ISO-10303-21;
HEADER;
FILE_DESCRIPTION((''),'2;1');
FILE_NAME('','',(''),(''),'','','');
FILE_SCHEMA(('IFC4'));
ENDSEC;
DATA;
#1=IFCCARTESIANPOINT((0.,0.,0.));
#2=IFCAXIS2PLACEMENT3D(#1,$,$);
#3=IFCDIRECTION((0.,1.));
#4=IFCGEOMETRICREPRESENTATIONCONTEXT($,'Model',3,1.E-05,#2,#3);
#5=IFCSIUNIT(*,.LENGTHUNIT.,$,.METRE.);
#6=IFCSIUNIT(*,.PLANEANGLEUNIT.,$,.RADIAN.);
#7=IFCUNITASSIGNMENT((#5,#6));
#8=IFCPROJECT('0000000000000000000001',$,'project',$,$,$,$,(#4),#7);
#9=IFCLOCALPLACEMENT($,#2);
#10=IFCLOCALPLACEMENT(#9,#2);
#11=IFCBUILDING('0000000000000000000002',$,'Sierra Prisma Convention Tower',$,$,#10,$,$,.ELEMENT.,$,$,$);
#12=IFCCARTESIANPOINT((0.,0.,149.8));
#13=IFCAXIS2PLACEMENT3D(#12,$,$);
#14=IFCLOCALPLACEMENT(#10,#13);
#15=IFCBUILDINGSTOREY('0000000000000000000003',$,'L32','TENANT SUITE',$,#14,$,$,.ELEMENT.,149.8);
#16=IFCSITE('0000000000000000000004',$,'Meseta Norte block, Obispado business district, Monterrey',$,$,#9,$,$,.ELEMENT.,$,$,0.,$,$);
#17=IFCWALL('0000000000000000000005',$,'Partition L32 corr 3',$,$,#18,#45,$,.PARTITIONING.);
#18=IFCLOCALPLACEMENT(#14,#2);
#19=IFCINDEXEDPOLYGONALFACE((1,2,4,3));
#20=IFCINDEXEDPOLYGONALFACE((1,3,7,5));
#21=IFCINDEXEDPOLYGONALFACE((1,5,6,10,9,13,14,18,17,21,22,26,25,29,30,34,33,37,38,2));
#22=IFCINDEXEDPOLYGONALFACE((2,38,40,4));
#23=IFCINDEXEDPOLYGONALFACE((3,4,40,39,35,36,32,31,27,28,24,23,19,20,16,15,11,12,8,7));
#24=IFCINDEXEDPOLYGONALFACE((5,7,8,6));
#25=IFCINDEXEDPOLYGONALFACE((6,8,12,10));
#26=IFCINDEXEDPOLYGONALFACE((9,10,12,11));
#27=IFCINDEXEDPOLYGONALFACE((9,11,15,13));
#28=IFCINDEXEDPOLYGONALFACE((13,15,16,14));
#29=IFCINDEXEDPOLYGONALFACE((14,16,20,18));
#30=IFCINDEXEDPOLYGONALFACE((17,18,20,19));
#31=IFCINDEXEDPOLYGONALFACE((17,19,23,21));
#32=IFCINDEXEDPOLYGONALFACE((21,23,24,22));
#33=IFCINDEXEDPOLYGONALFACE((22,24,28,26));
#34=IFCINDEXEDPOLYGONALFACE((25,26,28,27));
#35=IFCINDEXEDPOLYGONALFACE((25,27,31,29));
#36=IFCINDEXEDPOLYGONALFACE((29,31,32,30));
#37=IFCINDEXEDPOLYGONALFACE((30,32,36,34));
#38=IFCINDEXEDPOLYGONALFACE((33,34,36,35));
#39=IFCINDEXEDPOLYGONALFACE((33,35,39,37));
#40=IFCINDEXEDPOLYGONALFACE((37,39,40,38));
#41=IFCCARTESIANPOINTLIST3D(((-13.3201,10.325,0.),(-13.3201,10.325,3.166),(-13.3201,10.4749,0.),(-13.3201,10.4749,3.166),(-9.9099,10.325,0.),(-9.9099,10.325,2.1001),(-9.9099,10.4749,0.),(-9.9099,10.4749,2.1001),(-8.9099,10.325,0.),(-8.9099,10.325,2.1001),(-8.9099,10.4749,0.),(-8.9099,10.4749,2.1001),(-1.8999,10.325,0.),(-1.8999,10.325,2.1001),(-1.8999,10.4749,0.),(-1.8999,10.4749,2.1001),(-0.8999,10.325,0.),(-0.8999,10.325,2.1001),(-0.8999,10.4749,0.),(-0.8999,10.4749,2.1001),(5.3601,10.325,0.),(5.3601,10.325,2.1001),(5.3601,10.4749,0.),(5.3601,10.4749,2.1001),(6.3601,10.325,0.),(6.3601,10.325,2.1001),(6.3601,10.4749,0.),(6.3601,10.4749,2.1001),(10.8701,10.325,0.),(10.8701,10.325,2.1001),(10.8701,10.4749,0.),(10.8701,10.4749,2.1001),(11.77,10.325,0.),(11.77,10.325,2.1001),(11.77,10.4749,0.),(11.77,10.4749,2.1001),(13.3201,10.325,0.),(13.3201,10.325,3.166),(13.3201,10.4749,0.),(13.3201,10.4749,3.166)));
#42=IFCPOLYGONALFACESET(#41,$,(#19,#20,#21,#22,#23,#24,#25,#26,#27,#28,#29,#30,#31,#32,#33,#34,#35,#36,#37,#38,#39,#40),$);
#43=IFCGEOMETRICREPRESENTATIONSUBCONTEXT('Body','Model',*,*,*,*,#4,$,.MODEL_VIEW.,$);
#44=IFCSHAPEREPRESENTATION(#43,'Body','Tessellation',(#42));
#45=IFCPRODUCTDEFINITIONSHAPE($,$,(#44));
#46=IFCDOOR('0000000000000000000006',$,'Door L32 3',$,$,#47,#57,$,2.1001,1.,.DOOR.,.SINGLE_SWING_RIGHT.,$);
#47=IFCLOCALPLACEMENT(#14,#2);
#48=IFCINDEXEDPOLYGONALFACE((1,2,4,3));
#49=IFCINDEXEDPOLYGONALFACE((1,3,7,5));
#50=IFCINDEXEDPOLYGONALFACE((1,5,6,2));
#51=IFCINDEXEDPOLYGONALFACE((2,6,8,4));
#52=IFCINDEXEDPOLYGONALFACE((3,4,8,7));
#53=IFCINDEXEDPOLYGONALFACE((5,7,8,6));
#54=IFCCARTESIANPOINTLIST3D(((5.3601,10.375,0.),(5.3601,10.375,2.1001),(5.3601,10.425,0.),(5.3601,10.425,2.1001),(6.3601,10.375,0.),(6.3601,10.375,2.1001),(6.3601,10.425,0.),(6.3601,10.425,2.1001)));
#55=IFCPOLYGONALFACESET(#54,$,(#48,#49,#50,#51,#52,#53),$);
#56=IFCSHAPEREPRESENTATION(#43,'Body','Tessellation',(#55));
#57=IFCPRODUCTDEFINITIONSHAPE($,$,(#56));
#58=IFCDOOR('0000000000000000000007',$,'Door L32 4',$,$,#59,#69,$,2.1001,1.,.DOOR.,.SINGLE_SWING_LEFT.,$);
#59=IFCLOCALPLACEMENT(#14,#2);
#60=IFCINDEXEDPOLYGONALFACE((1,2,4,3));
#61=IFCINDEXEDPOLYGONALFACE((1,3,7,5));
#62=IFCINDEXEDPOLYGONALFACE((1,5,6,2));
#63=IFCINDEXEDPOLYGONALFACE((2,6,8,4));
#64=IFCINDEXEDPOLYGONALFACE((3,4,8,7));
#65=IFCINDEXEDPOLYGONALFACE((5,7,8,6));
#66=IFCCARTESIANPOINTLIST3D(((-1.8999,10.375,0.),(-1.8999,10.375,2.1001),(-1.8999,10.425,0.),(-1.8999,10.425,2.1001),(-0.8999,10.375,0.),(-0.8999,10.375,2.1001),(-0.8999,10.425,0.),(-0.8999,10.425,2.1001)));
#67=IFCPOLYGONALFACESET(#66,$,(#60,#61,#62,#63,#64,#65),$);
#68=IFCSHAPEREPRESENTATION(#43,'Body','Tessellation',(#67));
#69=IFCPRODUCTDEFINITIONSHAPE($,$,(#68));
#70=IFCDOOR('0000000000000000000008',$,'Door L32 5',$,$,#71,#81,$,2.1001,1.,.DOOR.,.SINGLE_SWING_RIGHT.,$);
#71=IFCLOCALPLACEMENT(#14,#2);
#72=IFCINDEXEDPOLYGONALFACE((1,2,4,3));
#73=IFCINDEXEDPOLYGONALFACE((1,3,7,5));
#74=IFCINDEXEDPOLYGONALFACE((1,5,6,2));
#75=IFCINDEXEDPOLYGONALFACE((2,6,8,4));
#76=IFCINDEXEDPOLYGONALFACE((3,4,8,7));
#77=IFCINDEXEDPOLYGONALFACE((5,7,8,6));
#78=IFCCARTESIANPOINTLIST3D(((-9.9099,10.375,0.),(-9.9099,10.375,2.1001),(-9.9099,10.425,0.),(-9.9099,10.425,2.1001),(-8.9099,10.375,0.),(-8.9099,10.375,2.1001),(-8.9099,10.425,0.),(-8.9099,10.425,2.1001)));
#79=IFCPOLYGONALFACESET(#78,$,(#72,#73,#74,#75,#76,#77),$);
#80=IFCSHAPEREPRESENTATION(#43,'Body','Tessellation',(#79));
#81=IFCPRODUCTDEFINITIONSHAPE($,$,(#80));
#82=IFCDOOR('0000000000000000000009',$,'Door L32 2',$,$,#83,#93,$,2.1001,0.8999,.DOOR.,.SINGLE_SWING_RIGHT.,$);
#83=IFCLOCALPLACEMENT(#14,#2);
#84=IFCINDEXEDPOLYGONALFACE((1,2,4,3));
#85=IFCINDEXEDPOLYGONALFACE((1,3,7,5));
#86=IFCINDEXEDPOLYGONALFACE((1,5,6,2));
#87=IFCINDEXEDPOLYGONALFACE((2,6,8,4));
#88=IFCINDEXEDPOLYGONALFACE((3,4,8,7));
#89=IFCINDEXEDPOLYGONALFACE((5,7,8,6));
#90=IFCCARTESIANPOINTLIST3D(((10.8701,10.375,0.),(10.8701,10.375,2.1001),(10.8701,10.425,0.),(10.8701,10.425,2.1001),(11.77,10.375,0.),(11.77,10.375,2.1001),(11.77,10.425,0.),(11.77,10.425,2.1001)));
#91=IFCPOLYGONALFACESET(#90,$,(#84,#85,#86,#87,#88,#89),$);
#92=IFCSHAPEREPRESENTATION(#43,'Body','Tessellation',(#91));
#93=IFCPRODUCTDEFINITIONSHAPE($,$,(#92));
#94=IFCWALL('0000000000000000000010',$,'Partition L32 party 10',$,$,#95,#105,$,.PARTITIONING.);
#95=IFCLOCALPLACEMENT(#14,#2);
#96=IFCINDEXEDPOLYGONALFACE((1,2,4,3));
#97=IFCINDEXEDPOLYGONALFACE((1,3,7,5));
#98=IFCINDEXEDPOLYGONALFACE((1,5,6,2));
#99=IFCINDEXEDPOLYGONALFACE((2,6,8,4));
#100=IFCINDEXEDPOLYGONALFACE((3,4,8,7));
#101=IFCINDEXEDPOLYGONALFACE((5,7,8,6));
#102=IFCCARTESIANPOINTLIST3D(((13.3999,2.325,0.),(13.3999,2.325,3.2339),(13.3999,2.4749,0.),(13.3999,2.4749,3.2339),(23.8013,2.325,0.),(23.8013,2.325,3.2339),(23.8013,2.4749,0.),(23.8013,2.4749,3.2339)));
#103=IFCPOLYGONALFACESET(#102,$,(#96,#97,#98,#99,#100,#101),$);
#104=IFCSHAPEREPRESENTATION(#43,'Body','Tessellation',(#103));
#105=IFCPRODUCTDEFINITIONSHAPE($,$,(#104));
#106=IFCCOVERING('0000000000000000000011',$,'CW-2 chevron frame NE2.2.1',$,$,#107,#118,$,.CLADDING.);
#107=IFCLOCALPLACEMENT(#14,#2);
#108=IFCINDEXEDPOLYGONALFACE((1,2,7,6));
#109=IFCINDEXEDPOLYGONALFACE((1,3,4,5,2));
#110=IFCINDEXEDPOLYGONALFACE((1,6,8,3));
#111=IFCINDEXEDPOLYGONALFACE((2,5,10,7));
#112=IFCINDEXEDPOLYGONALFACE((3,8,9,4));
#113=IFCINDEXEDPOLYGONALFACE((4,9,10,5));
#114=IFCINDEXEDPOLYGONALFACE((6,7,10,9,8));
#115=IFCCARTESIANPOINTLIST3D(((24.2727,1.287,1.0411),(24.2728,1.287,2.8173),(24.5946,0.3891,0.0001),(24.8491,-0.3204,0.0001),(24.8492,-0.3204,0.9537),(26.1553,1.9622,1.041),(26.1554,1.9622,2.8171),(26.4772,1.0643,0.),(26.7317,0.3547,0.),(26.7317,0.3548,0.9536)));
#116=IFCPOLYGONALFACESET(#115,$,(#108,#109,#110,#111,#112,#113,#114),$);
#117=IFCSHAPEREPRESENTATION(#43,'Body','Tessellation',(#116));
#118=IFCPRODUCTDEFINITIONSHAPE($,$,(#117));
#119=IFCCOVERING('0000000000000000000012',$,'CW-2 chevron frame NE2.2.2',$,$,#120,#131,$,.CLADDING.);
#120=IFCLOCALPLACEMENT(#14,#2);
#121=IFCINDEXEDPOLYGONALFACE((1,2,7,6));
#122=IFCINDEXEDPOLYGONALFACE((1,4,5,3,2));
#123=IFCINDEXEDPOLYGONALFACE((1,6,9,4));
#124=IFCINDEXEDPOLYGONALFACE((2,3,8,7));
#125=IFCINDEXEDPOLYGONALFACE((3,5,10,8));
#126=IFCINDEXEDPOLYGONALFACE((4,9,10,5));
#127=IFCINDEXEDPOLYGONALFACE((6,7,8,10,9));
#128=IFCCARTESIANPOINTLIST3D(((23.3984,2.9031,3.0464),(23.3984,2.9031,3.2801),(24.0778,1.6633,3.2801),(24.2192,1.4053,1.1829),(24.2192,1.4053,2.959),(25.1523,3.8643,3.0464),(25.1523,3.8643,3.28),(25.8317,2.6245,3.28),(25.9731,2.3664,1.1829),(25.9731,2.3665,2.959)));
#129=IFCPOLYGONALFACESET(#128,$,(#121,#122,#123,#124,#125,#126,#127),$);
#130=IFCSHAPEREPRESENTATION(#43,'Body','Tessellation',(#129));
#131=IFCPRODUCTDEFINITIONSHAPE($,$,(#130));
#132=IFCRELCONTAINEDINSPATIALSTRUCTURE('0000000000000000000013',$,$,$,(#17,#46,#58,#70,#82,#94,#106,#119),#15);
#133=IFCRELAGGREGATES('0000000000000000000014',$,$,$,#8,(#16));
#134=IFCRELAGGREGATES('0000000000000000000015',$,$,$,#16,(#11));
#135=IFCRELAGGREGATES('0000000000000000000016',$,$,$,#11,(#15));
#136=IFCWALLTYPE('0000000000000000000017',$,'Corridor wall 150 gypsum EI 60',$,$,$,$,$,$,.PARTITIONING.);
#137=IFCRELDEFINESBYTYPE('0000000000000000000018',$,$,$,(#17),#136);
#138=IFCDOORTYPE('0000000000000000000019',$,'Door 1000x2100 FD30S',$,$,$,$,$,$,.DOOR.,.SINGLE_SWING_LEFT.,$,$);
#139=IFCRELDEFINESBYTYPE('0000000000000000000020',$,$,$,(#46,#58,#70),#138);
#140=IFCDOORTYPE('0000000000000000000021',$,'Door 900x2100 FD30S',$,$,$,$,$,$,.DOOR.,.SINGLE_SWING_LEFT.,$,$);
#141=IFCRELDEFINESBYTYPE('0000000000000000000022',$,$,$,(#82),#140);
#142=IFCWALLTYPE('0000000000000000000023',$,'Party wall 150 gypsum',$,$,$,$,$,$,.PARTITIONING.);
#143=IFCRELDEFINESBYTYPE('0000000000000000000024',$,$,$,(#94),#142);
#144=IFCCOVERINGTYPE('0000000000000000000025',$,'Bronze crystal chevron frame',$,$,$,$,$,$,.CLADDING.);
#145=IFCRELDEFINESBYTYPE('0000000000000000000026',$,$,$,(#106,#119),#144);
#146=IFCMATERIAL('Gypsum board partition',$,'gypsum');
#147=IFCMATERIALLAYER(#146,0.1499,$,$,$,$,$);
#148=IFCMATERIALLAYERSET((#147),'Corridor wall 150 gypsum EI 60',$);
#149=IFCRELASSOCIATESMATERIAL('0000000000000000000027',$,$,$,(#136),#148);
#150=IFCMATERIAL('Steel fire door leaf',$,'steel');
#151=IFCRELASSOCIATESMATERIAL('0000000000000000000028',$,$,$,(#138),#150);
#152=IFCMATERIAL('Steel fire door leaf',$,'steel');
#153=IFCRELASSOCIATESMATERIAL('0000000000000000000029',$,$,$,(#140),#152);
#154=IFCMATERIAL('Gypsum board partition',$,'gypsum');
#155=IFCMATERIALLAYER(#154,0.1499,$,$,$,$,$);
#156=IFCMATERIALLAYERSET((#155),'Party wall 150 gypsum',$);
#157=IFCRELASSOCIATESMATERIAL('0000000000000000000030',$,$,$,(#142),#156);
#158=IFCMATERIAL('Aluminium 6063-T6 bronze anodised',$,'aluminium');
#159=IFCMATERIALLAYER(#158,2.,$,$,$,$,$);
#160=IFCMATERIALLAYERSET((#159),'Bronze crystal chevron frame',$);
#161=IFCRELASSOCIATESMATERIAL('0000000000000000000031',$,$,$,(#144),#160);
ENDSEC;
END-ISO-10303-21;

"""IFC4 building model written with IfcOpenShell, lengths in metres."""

from ifc_helpers import new_model, si_unit, direction, frame, frame_2d, origin, place, context, subcontext, project, spatial, polyline, rectangle, outline, extrude, material, layer, layer_set, type_object, element, fill, save


model = new_model("IFC4")

# Units and contexts
model_context = context("Model", 3, precision=1e-05, world=origin(), true_north=direction((0.0, 1.0)))
body_context = subcontext(model_context, "Body", "Model", "MODEL_VIEW")
ifc_project = project(units=[si_unit("LENGTHUNIT", "METRE"), si_unit("PLANEANGLEUNIT", "RADIAN")], contexts=[model_context])

# Site, building, storey
site_placement = place(None, origin())
site = spatial("IfcSite", under=ifc_project, at=site_placement, Name="Meseta Norte block, Obispado business district, Monterrey", CompositionType="ELEMENT", RefElevation=0.0)
building_placement = place(site_placement, origin())
building = spatial("IfcBuilding", under=site, at=building_placement, Name="Sierra Prisma Convention Tower", CompositionType="ELEMENT")
storey_placement = place(building_placement, frame((0.0, 0.0, 149.8)))
storey = spatial("IfcBuildingStorey", under=building, at=storey_placement, Name="L32", Description="TENANT SUITE", CompositionType="ELEMENT", Elevation=149.8)

# Wall, openings, doors
ifc_material_1 = material(Name="Gypsum board partition", Category="gypsum")
ifc_layer_1 = layer(ifc_material_1, 0.1499)
ifc_layer_set_1 = layer_set([ifc_layer_1], Name="Corridor wall 150 gypsum EI 60")
wall_type_1 = type_object("IfcWallType", Name="Corridor wall 150 gypsum EI 60", PredefinedType="PARTITIONING", material=ifc_layer_set_1)
wall_1_placement = place(storey_placement, frame((13.3201, 10.3999, 0.0), z_axis=(0.0, 0.0, 1.0), x_axis=(-1.0, 0.0, 0.0)))
wall_1 = element("IfcWall", 1, at=wall_1_placement, inside=storey, type_object=wall_type_1, Name="Partition L32 corr 3", PredefinedType="PARTITIONING", context=body_context, shape_type="SweptSolid", body=[
    extrude(rectangle(XDim=26.6401, YDim=0.1499, at=frame_2d((13.3201, 0.0))), origin(), (0.0, 0.0, 1.0), 3.166),
])
opening_1_placement = place(wall_1_placement, frame((1.55, 0.0, 0.0)))
opening_1 = element("IfcOpeningElement", 2, at=opening_1_placement, cuts=wall_1, PredefinedType="OPENING", context=body_context, shape_type="SweptSolid", body=[
    extrude(rectangle(XDim=0.8999, YDim=2.1001, at=frame_2d((0.45, 1.05))), frame((0.0, 0.075, 0.0), z_axis=(0.0, -1.0, 0.0), x_axis=(1.0, 0.0, 0.0)), (0.0, 0.0, 1.0), 0.1499),
])
opening_2_placement = place(wall_1_placement, frame((6.96, 0.0, 0.0)))
opening_2 = element("IfcOpeningElement", 3, at=opening_2_placement, cuts=wall_1, PredefinedType="OPENING", context=body_context, shape_type="SweptSolid", body=[
    extrude(rectangle(XDim=1.0, YDim=2.1001, at=frame_2d((0.5, 1.05))), frame((0.0, 0.075, 0.0), z_axis=(0.0, -1.0, 0.0), x_axis=(1.0, 0.0, 0.0)), (0.0, 0.0, 1.0), 0.1499),
])
opening_3_placement = place(wall_1_placement, frame((14.22, 0.0, 0.0)))
opening_3 = element("IfcOpeningElement", 4, at=opening_3_placement, cuts=wall_1, PredefinedType="OPENING", context=body_context, shape_type="SweptSolid", body=[
    extrude(rectangle(XDim=1.0, YDim=2.1001, at=frame_2d((0.5, 1.05))), frame((0.0, 0.075, 0.0), z_axis=(0.0, -1.0, 0.0), x_axis=(1.0, 0.0, 0.0)), (0.0, 0.0, 1.0), 0.1499),
])
opening_4_placement = place(wall_1_placement, frame((22.23, 0.0, 0.0)))
opening_4 = element("IfcOpeningElement", 5, at=opening_4_placement, cuts=wall_1, PredefinedType="OPENING", context=body_context, shape_type="SweptSolid", body=[
    extrude(rectangle(XDim=1.0, YDim=2.1001, at=frame_2d((0.5, 1.05))), frame((0.0, 0.075, 0.0), z_axis=(0.0, -1.0, 0.0), x_axis=(1.0, 0.0, 0.0)), (0.0, 0.0, 1.0), 0.1499),
])
ifc_material_2 = material(Name="Steel fire door leaf", Category="steel")
door_type_1 = type_object("IfcDoorType", Name="Door 1000x2100 FD30S", OperationType="SINGLE_SWING_LEFT", PredefinedType="DOOR", material=ifc_material_2)
door_1_placement = place(opening_2_placement, origin())
door_1 = element("IfcDoor", 6, at=door_1_placement, inside=storey, type_object=door_type_1, Name="Door L32 3", OperationType="SINGLE_SWING_RIGHT", OverallHeight=2.1001, OverallWidth=1.0, PredefinedType="DOOR", context=body_context, shape_type="SweptSolid", body=[
    extrude(rectangle(XDim=1.0, YDim=2.1001, at=frame_2d((0.5, 1.05))), frame((0.0, 0.0249, 0.0), z_axis=(0.0, -1.0, 0.0), x_axis=(1.0, 0.0, 0.0)), (0.0, 0.0, 1.0), 0.05),
])
fill(opening_2, door_1)
door_2_placement = place(opening_3_placement, origin())
door_2 = element("IfcDoor", 7, at=door_2_placement, inside=storey, type_object=door_type_1, Name="Door L32 4", OperationType="SINGLE_SWING_LEFT", OverallHeight=2.1001, OverallWidth=1.0, PredefinedType="DOOR", context=body_context, shape_type="SweptSolid", body=[
    extrude(rectangle(XDim=1.0, YDim=2.1001, at=frame_2d((0.5, 1.05))), frame((0.0, 0.0249, 0.0), z_axis=(0.0, -1.0, 0.0), x_axis=(1.0, 0.0, 0.0)), (0.0, 0.0, 1.0), 0.05),
])
fill(opening_3, door_2)
door_3_placement = place(opening_4_placement, origin())
door_3 = element("IfcDoor", 8, at=door_3_placement, inside=storey, type_object=door_type_1, Name="Door L32 5", OperationType="SINGLE_SWING_RIGHT", OverallHeight=2.1001, OverallWidth=1.0, PredefinedType="DOOR", context=body_context, shape_type="SweptSolid", body=[
    extrude(rectangle(XDim=1.0, YDim=2.1001, at=frame_2d((0.5, 1.05))), frame((0.0, 0.0249, 0.0), z_axis=(0.0, -1.0, 0.0), x_axis=(1.0, 0.0, 0.0)), (0.0, 0.0, 1.0), 0.05),
])
fill(opening_4, door_3)
ifc_material_3 = material(Name="Steel fire door leaf", Category="steel")
door_type_2 = type_object("IfcDoorType", Name="Door 900x2100 FD30S", OperationType="SINGLE_SWING_LEFT", PredefinedType="DOOR", material=ifc_material_3)
door_4_placement = place(opening_1_placement, origin())
door_4 = element("IfcDoor", 9, at=door_4_placement, inside=storey, type_object=door_type_2, Name="Door L32 2", OperationType="SINGLE_SWING_RIGHT", OverallHeight=2.1001, OverallWidth=0.8999, PredefinedType="DOOR", context=body_context, shape_type="SweptSolid", body=[
    extrude(rectangle(XDim=0.8999, YDim=2.1001, at=frame_2d((0.45, 1.05))), frame((0.0, 0.0249, 0.0), z_axis=(0.0, -1.0, 0.0), x_axis=(1.0, 0.0, 0.0)), (0.0, 0.0, 1.0), 0.05),
])
fill(opening_1, door_4)

# Wall
ifc_material_4 = material(Name="Gypsum board partition", Category="gypsum")
ifc_layer_2 = layer(ifc_material_4, 0.1499)
ifc_layer_set_2 = layer_set([ifc_layer_2], Name="Party wall 150 gypsum")
wall_type_2 = type_object("IfcWallType", Name="Party wall 150 gypsum", PredefinedType="PARTITIONING", material=ifc_layer_set_2)
wall_2_placement = place(storey_placement, frame((23.8013, 2.3999, 0.0), z_axis=(0.0, 0.0, 1.0), x_axis=(-1.0, 0.0, 0.0)))
element("IfcWall", 10, at=wall_2_placement, inside=storey, type_object=wall_type_2, Name="Partition L32 party 10", PredefinedType="PARTITIONING", context=body_context, shape_type="SweptSolid", body=[
    extrude(rectangle(XDim=10.4014, YDim=0.1499, at=frame_2d((5.2007, 0.0))), origin(), (0.0, 0.0, 1.0), 3.2339),
])

# Coverings
ifc_material_5 = material(Name="Aluminium 6063-T6 bronze anodised", Category="aluminium")
ifc_layer_3 = layer(ifc_material_5, 2.0)
ifc_layer_set_3 = layer_set([ifc_layer_3], Name="Bronze crystal chevron frame")
covering_type = type_object("IfcCoveringType", Name="Bronze crystal chevron frame", PredefinedType="CLADDING", material=ifc_layer_set_3)
covering_1_placement = place(storey_placement, frame((26.7317, 0.3547, 0.0), z_axis=(0.941294, 0.337588, -0.000066), x_axis=(-0.337588, 0.941294, 0.0)))
element("IfcCovering", 11, at=covering_1_placement, inside=storey, type_object=covering_type, Name="CW-2 chevron frame NE2.2.1", PredefinedType="CLADDING", context=body_context, shape_type="SweptSolid", body=[
    extrude(outline(polyline([(0.0, 0.0), (0.7538, 0.0), (1.7076, 1.041), (1.7076, 2.8171), (0.0, 0.9536), (0.0, 0.0)])), origin(), (0.0, 0.0, -1.0), 2.0),
])
covering_2_placement = place(storey_placement, frame((25.1523, 3.8643, 3.28), z_axis=(0.876952, 0.480578, -0.000023), x_axis=(0.480578, -0.876952, 0.0)))
element("IfcCovering", 12, at=covering_2_placement, inside=storey, type_object=covering_type, Name="CW-2 chevron frame NE2.2.2", PredefinedType="CLADDING", context=body_context, shape_type="SweptSolid", body=[
    extrude(outline(polyline([(0.0, 0.0), (1.4137, 0.0), (1.708, 0.321), (1.708, 2.0972), (0.0, 0.2336), (0.0, 0.0)])), origin(), (0.0, 0.0, -1.0), 2.0),
])

save(model, "model.ifc")
